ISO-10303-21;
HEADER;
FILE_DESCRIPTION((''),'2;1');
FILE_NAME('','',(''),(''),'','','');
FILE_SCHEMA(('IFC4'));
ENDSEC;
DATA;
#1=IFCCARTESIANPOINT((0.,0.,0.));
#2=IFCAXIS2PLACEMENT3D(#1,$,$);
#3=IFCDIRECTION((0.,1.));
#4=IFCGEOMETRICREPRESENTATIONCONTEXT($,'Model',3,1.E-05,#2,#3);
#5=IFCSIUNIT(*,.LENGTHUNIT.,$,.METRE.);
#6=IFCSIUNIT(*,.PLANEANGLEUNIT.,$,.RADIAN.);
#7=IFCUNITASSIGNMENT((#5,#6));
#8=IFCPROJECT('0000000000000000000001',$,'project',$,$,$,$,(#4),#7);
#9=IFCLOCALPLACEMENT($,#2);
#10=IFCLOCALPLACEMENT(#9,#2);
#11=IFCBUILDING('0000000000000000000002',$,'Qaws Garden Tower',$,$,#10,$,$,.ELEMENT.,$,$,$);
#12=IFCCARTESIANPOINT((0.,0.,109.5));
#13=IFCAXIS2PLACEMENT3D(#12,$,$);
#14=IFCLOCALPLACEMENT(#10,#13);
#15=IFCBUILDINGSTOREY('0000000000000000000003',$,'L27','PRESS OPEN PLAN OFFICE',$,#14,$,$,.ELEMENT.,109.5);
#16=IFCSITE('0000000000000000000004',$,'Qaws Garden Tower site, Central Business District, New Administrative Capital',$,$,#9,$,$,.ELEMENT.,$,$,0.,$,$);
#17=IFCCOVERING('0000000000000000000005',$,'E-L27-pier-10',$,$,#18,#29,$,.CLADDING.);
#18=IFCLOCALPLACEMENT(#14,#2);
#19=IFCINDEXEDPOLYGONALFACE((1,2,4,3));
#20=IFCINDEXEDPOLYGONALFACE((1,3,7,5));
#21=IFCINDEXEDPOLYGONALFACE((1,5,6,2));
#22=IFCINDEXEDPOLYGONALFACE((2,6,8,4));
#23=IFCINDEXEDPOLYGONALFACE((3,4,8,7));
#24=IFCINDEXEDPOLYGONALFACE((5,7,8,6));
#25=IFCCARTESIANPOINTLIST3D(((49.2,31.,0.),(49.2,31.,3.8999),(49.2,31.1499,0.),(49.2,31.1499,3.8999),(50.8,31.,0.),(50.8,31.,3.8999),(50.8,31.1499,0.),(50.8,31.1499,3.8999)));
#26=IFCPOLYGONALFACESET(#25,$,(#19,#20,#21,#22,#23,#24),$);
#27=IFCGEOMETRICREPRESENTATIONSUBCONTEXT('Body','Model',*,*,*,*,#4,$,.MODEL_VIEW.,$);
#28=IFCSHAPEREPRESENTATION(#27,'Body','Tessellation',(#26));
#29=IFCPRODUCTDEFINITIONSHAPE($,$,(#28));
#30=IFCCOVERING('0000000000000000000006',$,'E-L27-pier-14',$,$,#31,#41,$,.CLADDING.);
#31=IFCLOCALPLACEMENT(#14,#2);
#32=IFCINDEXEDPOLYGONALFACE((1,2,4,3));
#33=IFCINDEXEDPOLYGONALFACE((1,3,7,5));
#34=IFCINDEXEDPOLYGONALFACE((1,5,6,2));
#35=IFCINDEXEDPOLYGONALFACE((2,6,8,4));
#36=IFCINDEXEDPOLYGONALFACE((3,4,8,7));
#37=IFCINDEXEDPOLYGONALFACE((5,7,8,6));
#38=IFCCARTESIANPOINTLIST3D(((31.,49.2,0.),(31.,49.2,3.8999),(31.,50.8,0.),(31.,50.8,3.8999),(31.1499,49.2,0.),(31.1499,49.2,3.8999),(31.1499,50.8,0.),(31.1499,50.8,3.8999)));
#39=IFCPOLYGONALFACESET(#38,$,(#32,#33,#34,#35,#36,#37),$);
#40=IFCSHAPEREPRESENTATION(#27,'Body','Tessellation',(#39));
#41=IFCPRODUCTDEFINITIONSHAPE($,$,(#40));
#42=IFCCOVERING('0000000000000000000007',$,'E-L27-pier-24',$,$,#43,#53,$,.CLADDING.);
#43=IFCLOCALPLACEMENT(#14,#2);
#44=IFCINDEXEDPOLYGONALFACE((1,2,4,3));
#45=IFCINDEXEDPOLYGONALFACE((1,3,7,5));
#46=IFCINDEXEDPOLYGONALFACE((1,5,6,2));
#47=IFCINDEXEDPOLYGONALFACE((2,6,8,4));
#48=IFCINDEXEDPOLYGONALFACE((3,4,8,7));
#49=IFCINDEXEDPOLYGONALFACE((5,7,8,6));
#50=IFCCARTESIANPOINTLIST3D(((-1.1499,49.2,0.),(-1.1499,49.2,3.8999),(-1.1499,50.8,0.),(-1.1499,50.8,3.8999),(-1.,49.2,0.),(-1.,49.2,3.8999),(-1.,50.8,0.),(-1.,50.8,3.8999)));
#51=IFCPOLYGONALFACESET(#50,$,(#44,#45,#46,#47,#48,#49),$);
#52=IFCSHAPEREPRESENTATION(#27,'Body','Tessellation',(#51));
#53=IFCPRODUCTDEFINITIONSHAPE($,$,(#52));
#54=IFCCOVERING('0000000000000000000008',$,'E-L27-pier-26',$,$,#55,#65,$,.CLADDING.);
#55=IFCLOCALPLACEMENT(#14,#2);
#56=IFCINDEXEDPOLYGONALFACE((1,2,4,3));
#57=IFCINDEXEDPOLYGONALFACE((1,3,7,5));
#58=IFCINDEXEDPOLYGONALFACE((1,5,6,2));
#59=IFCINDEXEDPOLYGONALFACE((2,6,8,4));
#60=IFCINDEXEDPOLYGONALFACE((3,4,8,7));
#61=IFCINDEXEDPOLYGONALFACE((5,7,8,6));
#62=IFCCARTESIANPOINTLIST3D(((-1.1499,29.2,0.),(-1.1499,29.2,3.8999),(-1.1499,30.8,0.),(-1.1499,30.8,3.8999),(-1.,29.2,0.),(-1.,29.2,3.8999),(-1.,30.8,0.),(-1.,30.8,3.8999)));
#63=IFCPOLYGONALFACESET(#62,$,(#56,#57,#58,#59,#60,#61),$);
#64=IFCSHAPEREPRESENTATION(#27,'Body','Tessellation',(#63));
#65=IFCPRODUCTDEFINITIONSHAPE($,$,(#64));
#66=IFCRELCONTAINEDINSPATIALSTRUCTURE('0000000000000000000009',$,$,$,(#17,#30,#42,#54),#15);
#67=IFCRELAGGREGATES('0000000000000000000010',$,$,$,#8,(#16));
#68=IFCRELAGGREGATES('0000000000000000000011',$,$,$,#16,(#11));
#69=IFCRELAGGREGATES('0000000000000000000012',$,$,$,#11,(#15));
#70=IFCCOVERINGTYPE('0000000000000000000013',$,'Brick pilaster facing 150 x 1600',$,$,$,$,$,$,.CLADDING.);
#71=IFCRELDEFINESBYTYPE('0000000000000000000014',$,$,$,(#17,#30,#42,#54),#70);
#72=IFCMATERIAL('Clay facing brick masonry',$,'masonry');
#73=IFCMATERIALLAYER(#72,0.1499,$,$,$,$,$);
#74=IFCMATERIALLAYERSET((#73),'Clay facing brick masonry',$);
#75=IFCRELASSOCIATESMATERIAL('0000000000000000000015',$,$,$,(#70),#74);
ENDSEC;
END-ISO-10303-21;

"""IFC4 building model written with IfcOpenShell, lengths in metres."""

from ifc_helpers import new_model, si_unit, direction, frame, origin, place, context, subcontext, project, spatial, polyline, outline, extrude, material, layer, layer_set, type_object, element, save


model = new_model("IFC4")

# Units and contexts
model_context = context("Model", 3, precision=1e-05, world=origin(), true_north=direction((0.0, 1.0)))
body_context = subcontext(model_context, "Body", "Model", "MODEL_VIEW")
ifc_project = project(units=[si_unit("LENGTHUNIT", "METRE"), si_unit("PLANEANGLEUNIT", "RADIAN")], contexts=[model_context])

# Site, building, storey
site_placement = place(None, origin())
site = spatial("IfcSite", under=ifc_project, at=site_placement, Name="Qaws Garden Tower site, Central Business District, New Administrative Capital", CompositionType="ELEMENT", RefElevation=0.0)
building_placement = place(site_placement, origin())
building = spatial("IfcBuilding", under=site, at=building_placement, Name="Qaws Garden Tower", CompositionType="ELEMENT")
storey_placement = place(building_placement, frame((0.0, 0.0, 109.5)))
storey = spatial("IfcBuildingStorey", under=building, at=storey_placement, Name="L27", Description="PRESS OPEN PLAN OFFICE", CompositionType="ELEMENT", Elevation=109.5)

# Shared definitions
placement = place(storey_placement, origin())

# Coverings
ifc_material_1 = material(Name="Clay facing brick masonry", Category="masonry")
ifc_layer_1 = layer(ifc_material_1, 0.1499)
ifc_layer_set_1 = layer_set([ifc_layer_1], Name="Clay facing brick masonry")
covering_type = type_object("IfcCoveringType", Name="Brick pilaster facing 150 x 1600", PredefinedType="CLADDING", material=ifc_layer_set_1)
element("IfcCovering", 1, at=placement, inside=storey, type_object=covering_type, Name="E-L27-pier-10", PredefinedType="CLADDING", context=body_context, shape_type="SweptSolid", body=[
    extrude(outline(polyline([(50.8, 31.0), (49.2, 31.0), (49.2, 31.1499), (50.8, 31.1499), (50.8, 31.0)])), origin(), (0.0, 0.0, 1.0), 3.8999),
])
element("IfcCovering", 2, at=placement, inside=storey, type_object=covering_type, Name="E-L27-pier-14", PredefinedType="CLADDING", context=body_context, shape_type="SweptSolid", body=[
    extrude(outline(polyline([(31.0, 49.2), (31.0, 50.8), (31.1499, 50.8), (31.1499, 49.2), (31.0, 49.2)])), origin(), (0.0, 0.0, 1.0), 3.8999),
])
element("IfcCovering", 3, at=placement, inside=storey, type_object=covering_type, Name="E-L27-pier-24", PredefinedType="CLADDING", context=body_context, shape_type="SweptSolid", body=[
    extrude(outline(polyline([(-1.0, 50.8), (-1.0, 49.2), (-1.1499, 49.2), (-1.1499, 50.8), (-1.0, 50.8)])), origin(), (0.0, 0.0, 1.0), 3.8999),
])
element("IfcCovering", 4, at=placement, inside=storey, type_object=covering_type, Name="E-L27-pier-26", PredefinedType="CLADDING", context=body_context, shape_type="SweptSolid", body=[
    extrude(outline(polyline([(-1.0, 30.8), (-1.0, 29.2), (-1.1499, 29.2), (-1.1499, 30.8), (-1.0, 30.8)])), origin(), (0.0, 0.0, 1.0), 3.8999),
])

save(model, "model.ifc")
